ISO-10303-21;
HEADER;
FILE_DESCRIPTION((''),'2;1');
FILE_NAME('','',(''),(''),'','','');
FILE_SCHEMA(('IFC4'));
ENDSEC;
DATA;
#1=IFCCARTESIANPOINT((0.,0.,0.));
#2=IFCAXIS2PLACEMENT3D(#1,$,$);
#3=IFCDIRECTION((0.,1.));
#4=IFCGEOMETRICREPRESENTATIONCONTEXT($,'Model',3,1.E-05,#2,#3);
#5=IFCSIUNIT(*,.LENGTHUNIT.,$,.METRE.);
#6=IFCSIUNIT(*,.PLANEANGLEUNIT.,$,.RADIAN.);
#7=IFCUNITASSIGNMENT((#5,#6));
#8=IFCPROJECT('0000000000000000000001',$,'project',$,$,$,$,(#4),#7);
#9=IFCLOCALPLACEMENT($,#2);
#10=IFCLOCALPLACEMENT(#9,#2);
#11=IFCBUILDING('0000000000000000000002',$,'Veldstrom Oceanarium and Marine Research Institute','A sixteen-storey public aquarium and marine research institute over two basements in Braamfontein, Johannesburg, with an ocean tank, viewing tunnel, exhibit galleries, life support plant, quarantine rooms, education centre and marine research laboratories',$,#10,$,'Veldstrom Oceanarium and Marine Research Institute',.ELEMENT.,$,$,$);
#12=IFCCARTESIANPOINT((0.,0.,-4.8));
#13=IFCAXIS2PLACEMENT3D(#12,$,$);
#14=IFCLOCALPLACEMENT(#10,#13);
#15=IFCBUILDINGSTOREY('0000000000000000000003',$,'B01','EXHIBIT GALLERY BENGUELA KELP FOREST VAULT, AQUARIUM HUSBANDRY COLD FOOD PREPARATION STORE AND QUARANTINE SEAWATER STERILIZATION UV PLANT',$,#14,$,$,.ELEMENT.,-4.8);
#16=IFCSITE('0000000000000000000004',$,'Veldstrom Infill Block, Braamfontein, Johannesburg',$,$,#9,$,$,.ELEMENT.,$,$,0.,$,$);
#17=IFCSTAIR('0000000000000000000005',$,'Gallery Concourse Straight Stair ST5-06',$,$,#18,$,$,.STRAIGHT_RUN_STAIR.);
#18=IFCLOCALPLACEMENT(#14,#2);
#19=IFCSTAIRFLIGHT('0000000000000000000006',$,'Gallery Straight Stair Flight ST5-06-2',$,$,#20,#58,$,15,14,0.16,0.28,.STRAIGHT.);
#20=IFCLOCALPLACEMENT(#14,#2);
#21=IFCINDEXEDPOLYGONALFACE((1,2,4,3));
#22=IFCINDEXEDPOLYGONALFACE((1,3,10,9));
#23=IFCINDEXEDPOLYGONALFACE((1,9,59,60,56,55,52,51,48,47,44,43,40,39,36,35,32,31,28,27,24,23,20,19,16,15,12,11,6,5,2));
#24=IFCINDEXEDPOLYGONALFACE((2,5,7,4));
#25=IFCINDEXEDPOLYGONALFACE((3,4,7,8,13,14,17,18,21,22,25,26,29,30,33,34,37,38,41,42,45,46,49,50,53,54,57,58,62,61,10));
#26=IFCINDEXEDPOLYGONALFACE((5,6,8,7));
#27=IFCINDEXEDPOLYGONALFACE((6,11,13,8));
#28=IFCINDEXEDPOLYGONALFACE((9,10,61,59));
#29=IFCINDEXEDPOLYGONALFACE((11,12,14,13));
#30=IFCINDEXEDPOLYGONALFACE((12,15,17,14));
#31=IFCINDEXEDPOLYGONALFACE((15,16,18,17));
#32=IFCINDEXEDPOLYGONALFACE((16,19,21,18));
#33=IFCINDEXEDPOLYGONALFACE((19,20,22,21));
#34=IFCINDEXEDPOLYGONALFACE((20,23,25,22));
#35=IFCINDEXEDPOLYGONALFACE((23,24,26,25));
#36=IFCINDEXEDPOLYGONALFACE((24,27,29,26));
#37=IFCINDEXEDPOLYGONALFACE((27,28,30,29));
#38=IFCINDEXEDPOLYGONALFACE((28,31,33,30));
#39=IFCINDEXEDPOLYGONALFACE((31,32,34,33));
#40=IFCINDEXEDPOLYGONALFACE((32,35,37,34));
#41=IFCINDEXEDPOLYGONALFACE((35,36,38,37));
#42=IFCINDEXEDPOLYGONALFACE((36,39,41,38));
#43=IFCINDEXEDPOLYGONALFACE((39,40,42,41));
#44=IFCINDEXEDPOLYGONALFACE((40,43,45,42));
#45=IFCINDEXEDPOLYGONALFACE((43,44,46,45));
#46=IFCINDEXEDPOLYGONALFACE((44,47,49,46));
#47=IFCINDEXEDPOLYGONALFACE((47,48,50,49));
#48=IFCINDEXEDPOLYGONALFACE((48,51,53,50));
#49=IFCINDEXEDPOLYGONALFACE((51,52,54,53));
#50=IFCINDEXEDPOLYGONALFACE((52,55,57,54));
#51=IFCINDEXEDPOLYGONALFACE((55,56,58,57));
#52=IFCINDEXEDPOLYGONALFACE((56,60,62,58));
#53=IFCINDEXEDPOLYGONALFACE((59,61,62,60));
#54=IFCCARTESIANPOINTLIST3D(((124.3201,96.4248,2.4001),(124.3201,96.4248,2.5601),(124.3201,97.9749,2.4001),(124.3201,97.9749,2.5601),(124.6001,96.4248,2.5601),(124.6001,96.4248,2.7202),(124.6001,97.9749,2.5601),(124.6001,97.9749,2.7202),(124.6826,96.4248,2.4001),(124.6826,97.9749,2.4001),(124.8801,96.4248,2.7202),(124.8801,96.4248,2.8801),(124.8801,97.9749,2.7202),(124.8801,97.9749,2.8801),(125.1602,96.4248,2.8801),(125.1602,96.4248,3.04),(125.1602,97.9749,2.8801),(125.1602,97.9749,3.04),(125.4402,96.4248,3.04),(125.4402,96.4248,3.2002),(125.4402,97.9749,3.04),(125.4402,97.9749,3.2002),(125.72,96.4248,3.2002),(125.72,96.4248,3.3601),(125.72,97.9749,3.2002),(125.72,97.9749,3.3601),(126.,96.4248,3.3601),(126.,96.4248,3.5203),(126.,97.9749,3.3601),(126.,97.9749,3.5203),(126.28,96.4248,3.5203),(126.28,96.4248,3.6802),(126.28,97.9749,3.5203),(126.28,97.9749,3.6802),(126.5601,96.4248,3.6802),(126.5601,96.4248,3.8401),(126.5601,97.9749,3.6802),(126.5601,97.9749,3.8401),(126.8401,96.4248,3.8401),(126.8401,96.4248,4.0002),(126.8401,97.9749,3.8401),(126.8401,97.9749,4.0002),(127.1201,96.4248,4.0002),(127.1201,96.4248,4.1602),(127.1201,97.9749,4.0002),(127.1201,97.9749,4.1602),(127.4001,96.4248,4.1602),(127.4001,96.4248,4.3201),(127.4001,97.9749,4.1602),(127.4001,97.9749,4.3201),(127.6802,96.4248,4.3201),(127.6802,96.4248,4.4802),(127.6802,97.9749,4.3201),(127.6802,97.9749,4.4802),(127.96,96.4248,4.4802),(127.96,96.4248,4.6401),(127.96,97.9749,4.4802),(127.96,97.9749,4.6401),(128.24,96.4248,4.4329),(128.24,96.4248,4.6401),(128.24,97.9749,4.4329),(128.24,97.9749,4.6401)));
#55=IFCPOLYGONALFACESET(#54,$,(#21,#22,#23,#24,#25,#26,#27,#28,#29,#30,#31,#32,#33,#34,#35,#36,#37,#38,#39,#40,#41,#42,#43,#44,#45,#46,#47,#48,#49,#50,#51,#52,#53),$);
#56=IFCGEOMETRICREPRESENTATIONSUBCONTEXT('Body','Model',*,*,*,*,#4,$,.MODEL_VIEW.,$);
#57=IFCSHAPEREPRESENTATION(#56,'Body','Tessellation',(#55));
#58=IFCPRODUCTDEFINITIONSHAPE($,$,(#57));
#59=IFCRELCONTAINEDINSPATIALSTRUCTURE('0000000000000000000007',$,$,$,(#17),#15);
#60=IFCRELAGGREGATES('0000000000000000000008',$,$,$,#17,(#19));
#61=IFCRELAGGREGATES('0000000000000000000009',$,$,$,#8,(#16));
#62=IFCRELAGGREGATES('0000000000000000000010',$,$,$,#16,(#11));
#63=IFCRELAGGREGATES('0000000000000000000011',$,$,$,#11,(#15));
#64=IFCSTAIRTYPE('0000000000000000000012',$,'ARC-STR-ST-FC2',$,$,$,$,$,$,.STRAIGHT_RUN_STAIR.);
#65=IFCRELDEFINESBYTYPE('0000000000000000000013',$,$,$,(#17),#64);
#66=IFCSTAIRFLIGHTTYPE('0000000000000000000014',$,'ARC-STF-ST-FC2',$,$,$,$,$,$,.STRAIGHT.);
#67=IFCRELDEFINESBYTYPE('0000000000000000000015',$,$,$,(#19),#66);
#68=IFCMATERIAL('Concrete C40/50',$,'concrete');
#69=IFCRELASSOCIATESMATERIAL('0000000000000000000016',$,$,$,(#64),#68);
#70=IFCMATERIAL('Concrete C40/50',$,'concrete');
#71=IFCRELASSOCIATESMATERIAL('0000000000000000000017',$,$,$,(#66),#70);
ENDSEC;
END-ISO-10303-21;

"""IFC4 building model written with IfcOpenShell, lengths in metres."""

from ifc_helpers import new_model, si_unit, direction, frame, origin, place, context, subcontext, project, spatial, polyline, outline, extrude, material, type_object, element, aggregate, save


model = new_model("IFC4")

# Units and contexts
model_context = context("Model", 3, precision=1e-05, world=origin(), true_north=direction((0.0, 1.0)))
body_context = subcontext(model_context, "Body", "Model", "MODEL_VIEW")
ifc_project = project(units=[si_unit("LENGTHUNIT", "METRE"), si_unit("PLANEANGLEUNIT", "RADIAN")], contexts=[model_context])

# Site, building, storey
site_placement = place(None, origin())
site = spatial("IfcSite", under=ifc_project, at=site_placement, Name="Veldstrom Infill Block, Braamfontein, Johannesburg", CompositionType="ELEMENT", RefElevation=0.0)
building_placement = place(site_placement, origin())
building = spatial("IfcBuilding", under=site, at=building_placement, Name="Veldstrom Oceanarium and Marine Research Institute", Description="A sixteen-storey public aquarium and marine research institute over two basements in Braamfontein, Johannesburg, with an ocean tank, viewing tunnel, exhibit galleries, life support plant, quarantine rooms, education centre and marine research laboratories", LongName="Veldstrom Oceanarium and Marine Research Institute", CompositionType="ELEMENT")
storey_placement = place(building_placement, frame((0.0, 0.0, -4.8)))
storey = spatial("IfcBuildingStorey", under=building, at=storey_placement, Name="B01", Description="EXHIBIT GALLERY BENGUELA KELP FOREST VAULT, AQUARIUM HUSBANDRY COLD FOOD PREPARATION STORE AND QUARANTINE SEAWATER STERILIZATION UV PLANT", CompositionType="ELEMENT", Elevation=-4.8)

# Stair, stair flight
ifc_material_1 = material(Name="Concrete C40/50", Category="concrete")
stair_type = type_object("IfcStairType", Name="ARC-STR-ST-FC2", PredefinedType="STRAIGHT_RUN_STAIR", material=ifc_material_1)
stair_placement = place(storey_placement, origin())
stair = element("IfcStair", 1, at=stair_placement, inside=storey, type_object=stair_type, Name="Gallery Concourse Straight Stair ST5-06", PredefinedType="STRAIGHT_RUN_STAIR")
ifc_material_2 = material(Name="Concrete C40/50", Category="concrete")
stair_flight_type = type_object("IfcStairFlightType", Name="ARC-STF-ST-FC2", PredefinedType="STRAIGHT", material=ifc_material_2)
stair_flight_1_placement = place(storey_placement, frame((124.3201, 97.2, 2.4001), z_axis=(0.0, 0.0, 1.0), x_axis=(1.0, 0.0, 0.0)))
stair_flight_1 = element("IfcStairFlight", 2, at=stair_flight_1_placement, type_object=stair_flight_type, Name="Gallery Straight Stair Flight ST5-06-2", NumberOfRisers=15, NumberOfTreads=14, PredefinedType="STRAIGHT", RiserHeight=0.16, TreadLength=0.28, context=body_context, shape_type="SweptSolid", body=[
    extrude(outline(polyline([(0.0, 0.0), (0.0, 0.1599), (0.28, 0.1599), (0.28, 0.3201), (0.5601, 0.3201), (0.5601, 0.48), (0.8401, 0.48), (0.8401, 0.6399), (1.1201, 0.6399), (1.1201, 0.8), (1.3999, 0.8), (1.3999, 0.96), (1.6799, 0.96), (1.6799, 1.1201), (1.96, 1.1201), (1.96, 1.28), (2.24, 1.28), (2.24, 1.4399), (2.52, 1.4399), (2.52, 1.6001), (2.8, 1.6001), (2.8, 1.76), (3.0801, 1.76), (3.0801, 1.9199), (3.3601, 1.9199), (3.3601, 2.0801), (3.6399, 2.0801), (3.6399, 2.24), (3.9199, 2.24), (3.9199, 2.3999), (3.9199, 2.0327), (0.3625, 0.0), (0.0, 0.0)])), frame((0.0, 0.7749, 0.0), z_axis=(0.0, -1.0, 0.0), x_axis=(1.0, 0.0, 0.0)), (0.0, 0.0, 1.0), 1.55),
])
aggregate(stair, [stair_flight_1])

save(model, "model.ifc")
